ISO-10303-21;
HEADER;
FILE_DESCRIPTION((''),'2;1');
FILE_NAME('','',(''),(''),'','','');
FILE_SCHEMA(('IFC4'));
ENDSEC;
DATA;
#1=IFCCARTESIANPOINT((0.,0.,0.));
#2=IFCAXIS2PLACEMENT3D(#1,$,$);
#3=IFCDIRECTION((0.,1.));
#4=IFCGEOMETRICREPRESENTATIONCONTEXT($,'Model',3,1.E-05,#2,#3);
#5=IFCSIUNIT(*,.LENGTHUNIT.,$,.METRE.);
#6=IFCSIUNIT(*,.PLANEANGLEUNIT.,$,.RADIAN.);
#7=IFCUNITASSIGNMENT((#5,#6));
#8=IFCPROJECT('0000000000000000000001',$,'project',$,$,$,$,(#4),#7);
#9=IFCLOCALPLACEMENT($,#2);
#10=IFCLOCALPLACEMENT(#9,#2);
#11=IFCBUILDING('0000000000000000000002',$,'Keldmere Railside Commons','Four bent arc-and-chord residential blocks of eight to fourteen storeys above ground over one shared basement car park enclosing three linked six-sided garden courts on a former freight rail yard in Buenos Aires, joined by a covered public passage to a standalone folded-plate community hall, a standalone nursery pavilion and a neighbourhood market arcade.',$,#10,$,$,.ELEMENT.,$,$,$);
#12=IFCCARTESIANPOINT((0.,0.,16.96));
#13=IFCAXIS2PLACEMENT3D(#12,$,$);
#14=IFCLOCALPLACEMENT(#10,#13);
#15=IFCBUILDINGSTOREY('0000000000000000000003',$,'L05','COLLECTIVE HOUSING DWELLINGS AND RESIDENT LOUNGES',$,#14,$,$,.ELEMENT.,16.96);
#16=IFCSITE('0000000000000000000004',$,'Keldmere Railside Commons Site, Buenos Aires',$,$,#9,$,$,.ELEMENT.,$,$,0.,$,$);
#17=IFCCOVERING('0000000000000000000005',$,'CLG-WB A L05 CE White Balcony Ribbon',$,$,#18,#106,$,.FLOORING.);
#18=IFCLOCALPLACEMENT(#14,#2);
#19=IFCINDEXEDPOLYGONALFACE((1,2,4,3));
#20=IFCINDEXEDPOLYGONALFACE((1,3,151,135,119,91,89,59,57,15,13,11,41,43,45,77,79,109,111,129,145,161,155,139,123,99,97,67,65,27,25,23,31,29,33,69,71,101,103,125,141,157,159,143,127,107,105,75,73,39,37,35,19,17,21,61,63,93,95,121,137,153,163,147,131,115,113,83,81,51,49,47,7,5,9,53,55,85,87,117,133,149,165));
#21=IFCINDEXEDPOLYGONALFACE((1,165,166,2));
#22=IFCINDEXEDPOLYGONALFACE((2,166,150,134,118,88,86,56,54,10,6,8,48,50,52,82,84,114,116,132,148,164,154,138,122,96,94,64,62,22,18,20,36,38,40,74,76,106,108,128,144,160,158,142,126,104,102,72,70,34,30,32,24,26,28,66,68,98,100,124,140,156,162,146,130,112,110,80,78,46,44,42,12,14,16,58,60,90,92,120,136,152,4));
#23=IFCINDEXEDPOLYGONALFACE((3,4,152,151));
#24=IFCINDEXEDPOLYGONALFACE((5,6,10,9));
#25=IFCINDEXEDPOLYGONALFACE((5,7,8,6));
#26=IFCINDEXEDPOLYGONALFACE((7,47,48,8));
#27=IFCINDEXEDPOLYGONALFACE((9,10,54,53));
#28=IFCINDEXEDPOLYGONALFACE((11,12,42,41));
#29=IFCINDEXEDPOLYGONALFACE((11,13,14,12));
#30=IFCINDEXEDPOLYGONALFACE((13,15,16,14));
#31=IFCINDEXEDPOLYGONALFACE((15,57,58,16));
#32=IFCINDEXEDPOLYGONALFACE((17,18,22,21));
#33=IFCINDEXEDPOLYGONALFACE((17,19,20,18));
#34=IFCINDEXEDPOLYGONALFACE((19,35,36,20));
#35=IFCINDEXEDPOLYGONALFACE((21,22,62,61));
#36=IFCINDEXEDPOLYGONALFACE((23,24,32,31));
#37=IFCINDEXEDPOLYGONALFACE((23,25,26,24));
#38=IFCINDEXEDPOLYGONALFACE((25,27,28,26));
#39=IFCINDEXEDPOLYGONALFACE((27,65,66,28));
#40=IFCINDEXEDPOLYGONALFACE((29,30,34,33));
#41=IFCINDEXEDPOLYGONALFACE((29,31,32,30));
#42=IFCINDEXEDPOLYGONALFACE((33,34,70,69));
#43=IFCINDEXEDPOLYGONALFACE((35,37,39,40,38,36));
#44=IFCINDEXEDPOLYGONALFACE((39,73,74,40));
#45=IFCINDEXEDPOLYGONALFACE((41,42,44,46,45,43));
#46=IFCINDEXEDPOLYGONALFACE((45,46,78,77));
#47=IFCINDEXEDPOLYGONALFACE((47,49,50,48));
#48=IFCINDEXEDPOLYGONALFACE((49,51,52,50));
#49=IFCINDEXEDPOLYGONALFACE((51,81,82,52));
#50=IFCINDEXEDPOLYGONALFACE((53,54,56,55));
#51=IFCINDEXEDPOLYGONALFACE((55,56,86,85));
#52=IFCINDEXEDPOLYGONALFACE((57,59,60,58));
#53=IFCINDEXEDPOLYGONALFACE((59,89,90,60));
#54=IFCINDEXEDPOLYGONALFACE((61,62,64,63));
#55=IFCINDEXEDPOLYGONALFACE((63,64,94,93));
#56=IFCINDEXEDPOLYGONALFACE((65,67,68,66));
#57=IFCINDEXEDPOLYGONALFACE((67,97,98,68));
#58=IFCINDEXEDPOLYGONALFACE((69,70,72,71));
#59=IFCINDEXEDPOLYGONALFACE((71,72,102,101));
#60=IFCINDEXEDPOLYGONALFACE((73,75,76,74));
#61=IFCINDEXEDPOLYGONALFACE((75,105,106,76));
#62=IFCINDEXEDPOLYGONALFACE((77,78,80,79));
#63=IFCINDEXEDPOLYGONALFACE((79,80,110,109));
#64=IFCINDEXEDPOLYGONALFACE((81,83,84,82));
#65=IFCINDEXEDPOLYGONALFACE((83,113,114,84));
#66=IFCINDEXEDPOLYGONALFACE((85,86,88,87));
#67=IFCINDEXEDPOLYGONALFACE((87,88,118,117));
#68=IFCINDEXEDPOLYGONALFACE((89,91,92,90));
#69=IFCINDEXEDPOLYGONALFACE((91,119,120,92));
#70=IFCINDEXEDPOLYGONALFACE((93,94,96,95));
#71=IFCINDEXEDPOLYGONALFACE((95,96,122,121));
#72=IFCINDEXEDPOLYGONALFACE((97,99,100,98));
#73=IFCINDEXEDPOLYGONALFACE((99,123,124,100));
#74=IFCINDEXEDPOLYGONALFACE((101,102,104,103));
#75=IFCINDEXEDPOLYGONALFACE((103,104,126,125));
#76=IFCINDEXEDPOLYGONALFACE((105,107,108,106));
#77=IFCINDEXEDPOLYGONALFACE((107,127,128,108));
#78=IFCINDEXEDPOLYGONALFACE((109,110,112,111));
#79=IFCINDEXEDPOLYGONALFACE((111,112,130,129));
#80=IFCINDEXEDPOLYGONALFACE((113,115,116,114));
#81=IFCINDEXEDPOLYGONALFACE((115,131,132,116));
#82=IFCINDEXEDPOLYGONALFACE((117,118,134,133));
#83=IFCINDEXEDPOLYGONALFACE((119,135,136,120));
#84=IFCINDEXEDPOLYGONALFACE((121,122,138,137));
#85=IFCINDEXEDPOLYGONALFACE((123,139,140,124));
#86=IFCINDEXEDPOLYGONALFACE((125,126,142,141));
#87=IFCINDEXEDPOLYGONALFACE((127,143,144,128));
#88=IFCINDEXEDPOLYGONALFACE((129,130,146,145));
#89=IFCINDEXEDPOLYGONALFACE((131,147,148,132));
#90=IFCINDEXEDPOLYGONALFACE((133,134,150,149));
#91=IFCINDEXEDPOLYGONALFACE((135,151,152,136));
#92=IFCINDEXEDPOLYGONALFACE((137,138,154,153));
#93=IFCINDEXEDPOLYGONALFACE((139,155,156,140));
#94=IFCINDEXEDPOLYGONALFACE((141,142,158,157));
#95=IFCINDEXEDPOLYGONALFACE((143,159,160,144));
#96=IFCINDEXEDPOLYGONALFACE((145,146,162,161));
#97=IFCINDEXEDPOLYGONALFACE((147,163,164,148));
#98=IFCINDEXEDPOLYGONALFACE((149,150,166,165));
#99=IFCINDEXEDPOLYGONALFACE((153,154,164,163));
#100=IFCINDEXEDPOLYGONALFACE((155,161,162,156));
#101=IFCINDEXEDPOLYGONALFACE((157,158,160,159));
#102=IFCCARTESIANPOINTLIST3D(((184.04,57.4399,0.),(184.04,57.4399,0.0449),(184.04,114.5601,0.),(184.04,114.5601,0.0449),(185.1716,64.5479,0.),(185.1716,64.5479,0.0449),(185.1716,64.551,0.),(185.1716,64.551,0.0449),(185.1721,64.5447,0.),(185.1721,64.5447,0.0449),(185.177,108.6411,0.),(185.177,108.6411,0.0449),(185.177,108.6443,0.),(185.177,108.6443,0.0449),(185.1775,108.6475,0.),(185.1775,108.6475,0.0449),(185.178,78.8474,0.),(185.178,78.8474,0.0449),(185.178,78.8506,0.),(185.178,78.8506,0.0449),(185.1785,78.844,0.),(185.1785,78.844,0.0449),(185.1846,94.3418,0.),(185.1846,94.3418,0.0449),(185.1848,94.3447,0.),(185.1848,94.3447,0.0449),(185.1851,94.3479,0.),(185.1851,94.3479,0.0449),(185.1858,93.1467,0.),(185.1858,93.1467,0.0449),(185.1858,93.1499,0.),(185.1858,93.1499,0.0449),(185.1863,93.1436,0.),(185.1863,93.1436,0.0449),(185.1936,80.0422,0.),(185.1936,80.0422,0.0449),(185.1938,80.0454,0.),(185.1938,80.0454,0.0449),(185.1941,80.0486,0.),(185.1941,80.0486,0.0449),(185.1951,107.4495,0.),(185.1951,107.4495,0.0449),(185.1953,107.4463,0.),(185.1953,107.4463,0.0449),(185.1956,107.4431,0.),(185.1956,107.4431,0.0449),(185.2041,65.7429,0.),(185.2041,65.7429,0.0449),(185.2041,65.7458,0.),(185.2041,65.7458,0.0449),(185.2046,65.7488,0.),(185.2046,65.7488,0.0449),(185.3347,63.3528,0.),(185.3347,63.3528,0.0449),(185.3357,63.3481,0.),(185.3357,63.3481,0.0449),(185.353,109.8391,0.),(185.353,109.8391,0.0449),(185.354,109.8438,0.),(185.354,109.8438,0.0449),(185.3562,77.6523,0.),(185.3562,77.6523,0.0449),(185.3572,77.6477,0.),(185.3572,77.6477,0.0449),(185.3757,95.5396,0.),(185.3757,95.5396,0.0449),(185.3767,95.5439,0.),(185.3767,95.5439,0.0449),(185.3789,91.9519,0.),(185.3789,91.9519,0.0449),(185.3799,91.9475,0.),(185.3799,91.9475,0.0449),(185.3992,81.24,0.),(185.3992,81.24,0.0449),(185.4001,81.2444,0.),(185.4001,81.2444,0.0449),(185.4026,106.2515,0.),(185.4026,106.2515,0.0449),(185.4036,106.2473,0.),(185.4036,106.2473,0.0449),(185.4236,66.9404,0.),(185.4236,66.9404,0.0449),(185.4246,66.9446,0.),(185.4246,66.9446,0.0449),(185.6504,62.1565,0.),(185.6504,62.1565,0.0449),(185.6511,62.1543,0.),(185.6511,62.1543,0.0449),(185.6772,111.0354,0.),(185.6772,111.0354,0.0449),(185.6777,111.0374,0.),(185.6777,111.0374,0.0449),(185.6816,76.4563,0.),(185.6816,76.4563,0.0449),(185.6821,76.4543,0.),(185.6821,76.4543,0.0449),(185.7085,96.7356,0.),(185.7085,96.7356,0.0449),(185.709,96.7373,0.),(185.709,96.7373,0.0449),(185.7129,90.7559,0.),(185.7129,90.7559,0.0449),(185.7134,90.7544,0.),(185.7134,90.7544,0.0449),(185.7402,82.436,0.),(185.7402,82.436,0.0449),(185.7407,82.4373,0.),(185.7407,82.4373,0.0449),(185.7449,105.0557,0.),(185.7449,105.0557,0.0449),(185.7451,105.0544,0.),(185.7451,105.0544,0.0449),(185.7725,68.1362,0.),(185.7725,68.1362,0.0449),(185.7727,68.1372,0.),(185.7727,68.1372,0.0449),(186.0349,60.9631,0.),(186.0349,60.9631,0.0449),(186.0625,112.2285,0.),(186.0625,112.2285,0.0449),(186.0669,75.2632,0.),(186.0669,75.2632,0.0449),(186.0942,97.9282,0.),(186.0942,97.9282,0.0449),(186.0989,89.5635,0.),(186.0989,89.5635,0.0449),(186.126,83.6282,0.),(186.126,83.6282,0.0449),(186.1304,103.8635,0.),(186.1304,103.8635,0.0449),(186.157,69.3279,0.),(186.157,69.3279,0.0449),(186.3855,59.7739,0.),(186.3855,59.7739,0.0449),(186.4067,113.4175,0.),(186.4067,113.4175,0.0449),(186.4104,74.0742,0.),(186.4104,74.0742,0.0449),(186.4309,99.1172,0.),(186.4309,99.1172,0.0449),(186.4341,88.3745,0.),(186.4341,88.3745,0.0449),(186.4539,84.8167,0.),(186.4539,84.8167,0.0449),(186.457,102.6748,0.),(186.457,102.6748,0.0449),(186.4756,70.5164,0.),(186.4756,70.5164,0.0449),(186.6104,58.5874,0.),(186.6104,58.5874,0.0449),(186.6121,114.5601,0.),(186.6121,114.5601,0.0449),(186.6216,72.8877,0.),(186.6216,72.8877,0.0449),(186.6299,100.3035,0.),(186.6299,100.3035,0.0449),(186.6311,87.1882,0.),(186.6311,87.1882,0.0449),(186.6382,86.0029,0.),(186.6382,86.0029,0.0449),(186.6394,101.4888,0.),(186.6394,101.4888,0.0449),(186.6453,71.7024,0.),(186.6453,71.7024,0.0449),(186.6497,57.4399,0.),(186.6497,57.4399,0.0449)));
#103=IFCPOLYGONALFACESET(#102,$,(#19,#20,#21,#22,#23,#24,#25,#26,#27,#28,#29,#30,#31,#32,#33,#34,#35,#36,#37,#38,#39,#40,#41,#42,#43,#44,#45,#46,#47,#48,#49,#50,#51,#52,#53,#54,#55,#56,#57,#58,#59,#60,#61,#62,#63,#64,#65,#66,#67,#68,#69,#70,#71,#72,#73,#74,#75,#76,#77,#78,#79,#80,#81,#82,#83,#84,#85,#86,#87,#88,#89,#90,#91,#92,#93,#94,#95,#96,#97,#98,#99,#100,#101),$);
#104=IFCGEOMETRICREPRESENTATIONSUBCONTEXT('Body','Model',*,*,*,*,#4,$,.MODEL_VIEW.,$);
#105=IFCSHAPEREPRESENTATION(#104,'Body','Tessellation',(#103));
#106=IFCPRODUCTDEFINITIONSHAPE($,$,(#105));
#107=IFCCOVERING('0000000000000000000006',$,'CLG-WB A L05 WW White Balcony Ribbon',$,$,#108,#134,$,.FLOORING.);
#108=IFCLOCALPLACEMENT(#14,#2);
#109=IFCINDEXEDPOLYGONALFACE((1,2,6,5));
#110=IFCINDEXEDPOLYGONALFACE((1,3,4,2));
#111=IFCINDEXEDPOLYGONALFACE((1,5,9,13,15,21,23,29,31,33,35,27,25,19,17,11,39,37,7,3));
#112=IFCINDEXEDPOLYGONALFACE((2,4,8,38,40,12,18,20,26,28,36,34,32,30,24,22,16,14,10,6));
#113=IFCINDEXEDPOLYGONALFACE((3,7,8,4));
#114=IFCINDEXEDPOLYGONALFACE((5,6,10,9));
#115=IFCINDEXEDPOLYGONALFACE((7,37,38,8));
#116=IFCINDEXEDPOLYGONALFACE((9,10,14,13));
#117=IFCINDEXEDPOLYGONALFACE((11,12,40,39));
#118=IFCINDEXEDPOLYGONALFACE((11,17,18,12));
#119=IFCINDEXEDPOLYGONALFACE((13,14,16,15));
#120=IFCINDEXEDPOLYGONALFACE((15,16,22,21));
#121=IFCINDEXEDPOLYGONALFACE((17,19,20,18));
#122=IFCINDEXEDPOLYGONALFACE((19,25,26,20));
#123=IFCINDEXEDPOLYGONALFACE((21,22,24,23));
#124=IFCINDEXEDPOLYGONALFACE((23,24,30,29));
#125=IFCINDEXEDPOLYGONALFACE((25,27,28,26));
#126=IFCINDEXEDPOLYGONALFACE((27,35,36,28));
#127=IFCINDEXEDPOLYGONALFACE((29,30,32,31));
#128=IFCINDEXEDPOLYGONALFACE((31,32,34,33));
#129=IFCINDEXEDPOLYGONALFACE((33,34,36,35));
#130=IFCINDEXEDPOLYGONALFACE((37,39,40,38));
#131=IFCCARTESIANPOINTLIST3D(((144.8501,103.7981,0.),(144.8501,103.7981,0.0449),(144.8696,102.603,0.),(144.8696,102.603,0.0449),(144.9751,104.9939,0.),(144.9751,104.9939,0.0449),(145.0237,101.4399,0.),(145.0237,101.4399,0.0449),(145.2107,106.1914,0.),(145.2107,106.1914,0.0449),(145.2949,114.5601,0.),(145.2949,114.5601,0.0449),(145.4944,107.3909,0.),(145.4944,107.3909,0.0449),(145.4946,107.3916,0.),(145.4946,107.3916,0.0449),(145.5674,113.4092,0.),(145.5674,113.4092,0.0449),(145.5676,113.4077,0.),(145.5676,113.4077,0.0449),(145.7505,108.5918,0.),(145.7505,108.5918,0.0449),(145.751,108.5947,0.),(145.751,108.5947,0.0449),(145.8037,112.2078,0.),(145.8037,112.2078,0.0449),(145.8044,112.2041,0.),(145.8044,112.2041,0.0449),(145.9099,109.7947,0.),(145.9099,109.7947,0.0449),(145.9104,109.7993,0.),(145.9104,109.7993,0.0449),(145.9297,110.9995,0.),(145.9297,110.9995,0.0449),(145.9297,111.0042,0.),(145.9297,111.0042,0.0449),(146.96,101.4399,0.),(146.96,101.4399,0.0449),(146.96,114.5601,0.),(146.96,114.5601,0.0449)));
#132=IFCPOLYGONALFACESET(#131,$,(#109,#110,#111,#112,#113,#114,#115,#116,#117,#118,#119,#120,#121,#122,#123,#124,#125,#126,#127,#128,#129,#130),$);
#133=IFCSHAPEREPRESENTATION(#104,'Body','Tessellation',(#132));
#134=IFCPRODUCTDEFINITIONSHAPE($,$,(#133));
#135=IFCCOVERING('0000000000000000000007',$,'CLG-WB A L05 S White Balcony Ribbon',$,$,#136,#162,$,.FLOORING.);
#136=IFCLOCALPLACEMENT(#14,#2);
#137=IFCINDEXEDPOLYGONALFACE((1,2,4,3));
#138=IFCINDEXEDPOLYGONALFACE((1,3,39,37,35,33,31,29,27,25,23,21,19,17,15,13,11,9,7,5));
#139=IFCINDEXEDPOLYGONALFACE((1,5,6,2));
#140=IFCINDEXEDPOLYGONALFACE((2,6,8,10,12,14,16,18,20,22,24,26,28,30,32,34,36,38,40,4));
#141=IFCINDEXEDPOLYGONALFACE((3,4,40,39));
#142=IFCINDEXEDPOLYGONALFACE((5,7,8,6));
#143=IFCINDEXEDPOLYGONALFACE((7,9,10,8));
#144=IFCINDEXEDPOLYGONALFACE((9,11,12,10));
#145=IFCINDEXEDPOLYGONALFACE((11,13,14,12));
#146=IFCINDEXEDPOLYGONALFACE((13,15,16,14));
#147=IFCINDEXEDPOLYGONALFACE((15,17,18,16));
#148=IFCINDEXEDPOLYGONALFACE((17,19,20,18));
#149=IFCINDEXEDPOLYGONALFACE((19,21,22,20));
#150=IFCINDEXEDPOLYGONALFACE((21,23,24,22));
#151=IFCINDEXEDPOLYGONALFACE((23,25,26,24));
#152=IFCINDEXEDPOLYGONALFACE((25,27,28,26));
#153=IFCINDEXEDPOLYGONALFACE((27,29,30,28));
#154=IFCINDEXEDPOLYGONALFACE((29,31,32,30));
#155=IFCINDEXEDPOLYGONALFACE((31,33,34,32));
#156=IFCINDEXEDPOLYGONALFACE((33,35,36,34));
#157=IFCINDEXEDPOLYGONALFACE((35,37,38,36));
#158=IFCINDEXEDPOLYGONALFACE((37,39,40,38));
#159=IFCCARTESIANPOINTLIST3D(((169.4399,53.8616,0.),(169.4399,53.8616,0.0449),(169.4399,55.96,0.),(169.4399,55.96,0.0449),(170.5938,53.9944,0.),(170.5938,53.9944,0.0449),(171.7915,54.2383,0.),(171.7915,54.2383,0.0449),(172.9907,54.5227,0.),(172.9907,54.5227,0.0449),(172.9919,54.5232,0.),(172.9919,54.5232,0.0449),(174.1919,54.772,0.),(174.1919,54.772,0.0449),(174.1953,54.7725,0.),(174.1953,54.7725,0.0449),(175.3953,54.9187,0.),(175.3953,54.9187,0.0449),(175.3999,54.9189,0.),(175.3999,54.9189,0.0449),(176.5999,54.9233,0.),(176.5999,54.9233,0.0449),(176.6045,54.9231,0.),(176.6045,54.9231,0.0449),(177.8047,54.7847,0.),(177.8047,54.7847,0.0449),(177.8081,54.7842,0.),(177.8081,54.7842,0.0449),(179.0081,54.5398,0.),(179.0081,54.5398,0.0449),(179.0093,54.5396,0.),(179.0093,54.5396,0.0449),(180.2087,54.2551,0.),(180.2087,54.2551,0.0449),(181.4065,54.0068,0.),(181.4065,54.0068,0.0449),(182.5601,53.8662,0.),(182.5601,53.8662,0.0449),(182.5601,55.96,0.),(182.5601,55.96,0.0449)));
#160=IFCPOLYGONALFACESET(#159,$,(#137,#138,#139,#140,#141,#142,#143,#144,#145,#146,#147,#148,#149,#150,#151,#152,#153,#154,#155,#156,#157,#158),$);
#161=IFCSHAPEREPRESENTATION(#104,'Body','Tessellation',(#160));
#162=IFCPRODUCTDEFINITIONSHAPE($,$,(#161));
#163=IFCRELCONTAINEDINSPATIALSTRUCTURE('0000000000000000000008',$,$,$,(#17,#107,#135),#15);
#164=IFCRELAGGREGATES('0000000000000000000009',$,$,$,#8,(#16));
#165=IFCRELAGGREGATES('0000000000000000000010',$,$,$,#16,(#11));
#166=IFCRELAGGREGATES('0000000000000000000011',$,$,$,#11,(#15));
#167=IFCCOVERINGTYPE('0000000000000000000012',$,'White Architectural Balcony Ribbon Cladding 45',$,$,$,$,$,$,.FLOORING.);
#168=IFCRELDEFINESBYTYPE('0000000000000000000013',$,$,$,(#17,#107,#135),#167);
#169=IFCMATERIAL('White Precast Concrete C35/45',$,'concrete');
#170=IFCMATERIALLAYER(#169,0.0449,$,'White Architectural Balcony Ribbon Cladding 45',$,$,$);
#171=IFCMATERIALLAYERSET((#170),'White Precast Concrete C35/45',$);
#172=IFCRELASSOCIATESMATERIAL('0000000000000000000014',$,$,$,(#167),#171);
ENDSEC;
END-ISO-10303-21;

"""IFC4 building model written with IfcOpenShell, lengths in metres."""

from ifc_helpers import new_model, si_unit, direction, frame, origin, place, context, subcontext, project, spatial, polyline, outline, extrude, material, layer, layer_set, type_object, element, save


model = new_model("IFC4")

# Units and contexts
model_context = context("Model", 3, precision=1e-05, world=origin(), true_north=direction((0.0, 1.0)))
body_context = subcontext(model_context, "Body", "Model", "MODEL_VIEW")
ifc_project = project(units=[si_unit("LENGTHUNIT", "METRE"), si_unit("PLANEANGLEUNIT", "RADIAN")], contexts=[model_context])

# Site, building, storey
site_placement = place(None, origin())
site = spatial("IfcSite", under=ifc_project, at=site_placement, Name="Keldmere Railside Commons Site, Buenos Aires", CompositionType="ELEMENT", RefElevation=0.0)
building_placement = place(site_placement, origin())
building = spatial("IfcBuilding", under=site, at=building_placement, Name="Keldmere Railside Commons", Description="Four bent arc-and-chord residential blocks of eight to fourteen storeys above ground over one shared basement car park enclosing three linked six-sided garden courts on a former freight rail yard in Buenos Aires, joined by a covered public passage to a standalone folded-plate community hall, a standalone nursery pavilion and a neighbourhood market arcade.", CompositionType="ELEMENT")
storey_placement = place(building_placement, frame((0.0, 0.0, 16.96)))
storey = spatial("IfcBuildingStorey", under=building, at=storey_placement, Name="L05", Description="COLLECTIVE HOUSING DWELLINGS AND RESIDENT LOUNGES", CompositionType="ELEMENT", Elevation=16.96)

# Coverings
ifc_material_1 = material(Name="White Precast Concrete C35/45", Category="concrete")
ifc_layer_1 = layer(ifc_material_1, 0.0449, Name="White Architectural Balcony Ribbon Cladding 45")
ifc_layer_set_1 = layer_set([ifc_layer_1], Name="White Precast Concrete C35/45")
covering_type_1 = type_object("IfcCoveringType", Name="White Architectural Balcony Ribbon Cladding 45", PredefinedType="FLOORING", material=ifc_layer_set_1)
covering_1_placement = place(storey_placement, origin())
element("IfcCovering", 1, at=covering_1_placement, inside=storey, type_object=covering_type_1, Name="CLG-WB A L05 CE White Balcony Ribbon", PredefinedType="FLOORING", context=body_context, shape_type="SweptSolid", body=[
    extrude(outline(polyline([(186.6104, 58.5874), (186.3855, 59.7739), (186.0349, 60.9631), (185.6511, 62.1543), (185.6504, 62.1565), (185.3357, 63.3481), (185.3347, 63.3528), (185.1721, 64.5447), (185.1716, 64.5479), (185.1716, 64.551), (185.2041, 65.7429), (185.2041, 65.7458), (185.2046, 65.7488), (185.4236, 66.9404), (185.4246, 66.9446), (185.7725, 68.1362), (185.7727, 68.1372), (186.157, 69.3279), (186.4756, 70.5164), (186.6453, 71.7024), (186.6216, 72.8877), (186.4104, 74.0742), (186.0669, 75.2632), (185.6821, 76.4543), (185.6816, 76.4563), (185.3572, 77.6477), (185.3562, 77.6523), (185.1785, 78.844), (185.178, 78.8474), (185.178, 78.8506), (185.1936, 80.0422), (185.1938, 80.0454), (185.1941, 80.0486), (185.3992, 81.24), (185.4001, 81.2444), (185.7402, 82.436), (185.7407, 82.4373), (186.126, 83.6282), (186.4539, 84.8167), (186.6382, 86.0029), (186.6311, 87.1882), (186.4341, 88.3745), (186.0989, 89.5635), (185.7134, 90.7544), (185.7129, 90.7559), (185.3799, 91.9475), (185.3789, 91.9519), (185.1863, 93.1436), (185.1858, 93.1467), (185.1858, 93.1499), (185.1846, 94.3418), (185.1848, 94.3447), (185.1851, 94.3479), (185.3757, 95.5396), (185.3767, 95.5439), (185.7085, 96.7356), (185.709, 96.7373), (186.0942, 97.9282), (186.4309, 99.1172), (186.6299, 100.3035), (186.6394, 101.4888), (186.457, 102.6748), (186.1304, 103.8635), (185.7451, 105.0544), (185.7449, 105.0557), (185.4036, 106.2473), (185.4026, 106.2515), (185.1956, 107.4431), (185.1953, 107.4463), (185.1951, 107.4495), (185.177, 108.6411), (185.177, 108.6443), (185.1775, 108.6475), (185.353, 109.8391), (185.354, 109.8438), (185.6772, 111.0354), (185.6777, 111.0374), (186.0625, 112.2285), (186.4067, 113.4175), (186.6121, 114.5601), (184.04, 114.5601), (184.04, 57.4399), (186.6497, 57.4399), (186.6104, 58.5874)])), origin(), (0.0, 0.0, 1.0), 0.0449),
])
covering_2_placement = place(storey_placement, origin())
element("IfcCovering", 2, at=covering_2_placement, inside=storey, type_object=covering_type_1, Name="CLG-WB A L05 WW White Balcony Ribbon", PredefinedType="FLOORING", context=body_context, shape_type="SweptSolid", body=[
    extrude(outline(polyline([(146.96, 114.5601), (145.2949, 114.5601), (145.5674, 113.4092), (145.5676, 113.4077), (145.8037, 112.2078), (145.8044, 112.2041), (145.9297, 111.0042), (145.9297, 110.9995), (145.9104, 109.7993), (145.9099, 109.7947), (145.751, 108.5947), (145.7505, 108.5918), (145.4946, 107.3916), (145.4944, 107.3909), (145.2107, 106.1914), (144.9751, 104.9939), (144.8501, 103.7981), (144.8696, 102.603), (145.0237, 101.4399), (146.96, 101.4399), (146.96, 114.5601)])), origin(), (0.0, 0.0, 1.0), 0.0449),
])
covering_3_placement = place(storey_placement, origin())
element("IfcCovering", 3, at=covering_3_placement, inside=storey, type_object=covering_type_1, Name="CLG-WB A L05 S White Balcony Ribbon", PredefinedType="FLOORING", context=body_context, shape_type="SweptSolid", body=[
    extrude(outline(polyline([(170.5938, 53.9944), (171.7915, 54.2383), (172.9907, 54.5227), (172.9919, 54.5232), (174.1919, 54.772), (174.1953, 54.7725), (175.3953, 54.9187), (175.3999, 54.9189), (176.5999, 54.9233), (176.6045, 54.9231), (177.8047, 54.7847), (177.8081, 54.7842), (179.0081, 54.5398), (179.0093, 54.5396), (180.2087, 54.2551), (181.4065, 54.0068), (182.5601, 53.8662), (182.5601, 55.96), (169.4399, 55.96), (169.4399, 53.8616), (170.5938, 53.9944)])), origin(), (0.0, 0.0, 1.0), 0.0449),
])

save(model, "model.ifc")
